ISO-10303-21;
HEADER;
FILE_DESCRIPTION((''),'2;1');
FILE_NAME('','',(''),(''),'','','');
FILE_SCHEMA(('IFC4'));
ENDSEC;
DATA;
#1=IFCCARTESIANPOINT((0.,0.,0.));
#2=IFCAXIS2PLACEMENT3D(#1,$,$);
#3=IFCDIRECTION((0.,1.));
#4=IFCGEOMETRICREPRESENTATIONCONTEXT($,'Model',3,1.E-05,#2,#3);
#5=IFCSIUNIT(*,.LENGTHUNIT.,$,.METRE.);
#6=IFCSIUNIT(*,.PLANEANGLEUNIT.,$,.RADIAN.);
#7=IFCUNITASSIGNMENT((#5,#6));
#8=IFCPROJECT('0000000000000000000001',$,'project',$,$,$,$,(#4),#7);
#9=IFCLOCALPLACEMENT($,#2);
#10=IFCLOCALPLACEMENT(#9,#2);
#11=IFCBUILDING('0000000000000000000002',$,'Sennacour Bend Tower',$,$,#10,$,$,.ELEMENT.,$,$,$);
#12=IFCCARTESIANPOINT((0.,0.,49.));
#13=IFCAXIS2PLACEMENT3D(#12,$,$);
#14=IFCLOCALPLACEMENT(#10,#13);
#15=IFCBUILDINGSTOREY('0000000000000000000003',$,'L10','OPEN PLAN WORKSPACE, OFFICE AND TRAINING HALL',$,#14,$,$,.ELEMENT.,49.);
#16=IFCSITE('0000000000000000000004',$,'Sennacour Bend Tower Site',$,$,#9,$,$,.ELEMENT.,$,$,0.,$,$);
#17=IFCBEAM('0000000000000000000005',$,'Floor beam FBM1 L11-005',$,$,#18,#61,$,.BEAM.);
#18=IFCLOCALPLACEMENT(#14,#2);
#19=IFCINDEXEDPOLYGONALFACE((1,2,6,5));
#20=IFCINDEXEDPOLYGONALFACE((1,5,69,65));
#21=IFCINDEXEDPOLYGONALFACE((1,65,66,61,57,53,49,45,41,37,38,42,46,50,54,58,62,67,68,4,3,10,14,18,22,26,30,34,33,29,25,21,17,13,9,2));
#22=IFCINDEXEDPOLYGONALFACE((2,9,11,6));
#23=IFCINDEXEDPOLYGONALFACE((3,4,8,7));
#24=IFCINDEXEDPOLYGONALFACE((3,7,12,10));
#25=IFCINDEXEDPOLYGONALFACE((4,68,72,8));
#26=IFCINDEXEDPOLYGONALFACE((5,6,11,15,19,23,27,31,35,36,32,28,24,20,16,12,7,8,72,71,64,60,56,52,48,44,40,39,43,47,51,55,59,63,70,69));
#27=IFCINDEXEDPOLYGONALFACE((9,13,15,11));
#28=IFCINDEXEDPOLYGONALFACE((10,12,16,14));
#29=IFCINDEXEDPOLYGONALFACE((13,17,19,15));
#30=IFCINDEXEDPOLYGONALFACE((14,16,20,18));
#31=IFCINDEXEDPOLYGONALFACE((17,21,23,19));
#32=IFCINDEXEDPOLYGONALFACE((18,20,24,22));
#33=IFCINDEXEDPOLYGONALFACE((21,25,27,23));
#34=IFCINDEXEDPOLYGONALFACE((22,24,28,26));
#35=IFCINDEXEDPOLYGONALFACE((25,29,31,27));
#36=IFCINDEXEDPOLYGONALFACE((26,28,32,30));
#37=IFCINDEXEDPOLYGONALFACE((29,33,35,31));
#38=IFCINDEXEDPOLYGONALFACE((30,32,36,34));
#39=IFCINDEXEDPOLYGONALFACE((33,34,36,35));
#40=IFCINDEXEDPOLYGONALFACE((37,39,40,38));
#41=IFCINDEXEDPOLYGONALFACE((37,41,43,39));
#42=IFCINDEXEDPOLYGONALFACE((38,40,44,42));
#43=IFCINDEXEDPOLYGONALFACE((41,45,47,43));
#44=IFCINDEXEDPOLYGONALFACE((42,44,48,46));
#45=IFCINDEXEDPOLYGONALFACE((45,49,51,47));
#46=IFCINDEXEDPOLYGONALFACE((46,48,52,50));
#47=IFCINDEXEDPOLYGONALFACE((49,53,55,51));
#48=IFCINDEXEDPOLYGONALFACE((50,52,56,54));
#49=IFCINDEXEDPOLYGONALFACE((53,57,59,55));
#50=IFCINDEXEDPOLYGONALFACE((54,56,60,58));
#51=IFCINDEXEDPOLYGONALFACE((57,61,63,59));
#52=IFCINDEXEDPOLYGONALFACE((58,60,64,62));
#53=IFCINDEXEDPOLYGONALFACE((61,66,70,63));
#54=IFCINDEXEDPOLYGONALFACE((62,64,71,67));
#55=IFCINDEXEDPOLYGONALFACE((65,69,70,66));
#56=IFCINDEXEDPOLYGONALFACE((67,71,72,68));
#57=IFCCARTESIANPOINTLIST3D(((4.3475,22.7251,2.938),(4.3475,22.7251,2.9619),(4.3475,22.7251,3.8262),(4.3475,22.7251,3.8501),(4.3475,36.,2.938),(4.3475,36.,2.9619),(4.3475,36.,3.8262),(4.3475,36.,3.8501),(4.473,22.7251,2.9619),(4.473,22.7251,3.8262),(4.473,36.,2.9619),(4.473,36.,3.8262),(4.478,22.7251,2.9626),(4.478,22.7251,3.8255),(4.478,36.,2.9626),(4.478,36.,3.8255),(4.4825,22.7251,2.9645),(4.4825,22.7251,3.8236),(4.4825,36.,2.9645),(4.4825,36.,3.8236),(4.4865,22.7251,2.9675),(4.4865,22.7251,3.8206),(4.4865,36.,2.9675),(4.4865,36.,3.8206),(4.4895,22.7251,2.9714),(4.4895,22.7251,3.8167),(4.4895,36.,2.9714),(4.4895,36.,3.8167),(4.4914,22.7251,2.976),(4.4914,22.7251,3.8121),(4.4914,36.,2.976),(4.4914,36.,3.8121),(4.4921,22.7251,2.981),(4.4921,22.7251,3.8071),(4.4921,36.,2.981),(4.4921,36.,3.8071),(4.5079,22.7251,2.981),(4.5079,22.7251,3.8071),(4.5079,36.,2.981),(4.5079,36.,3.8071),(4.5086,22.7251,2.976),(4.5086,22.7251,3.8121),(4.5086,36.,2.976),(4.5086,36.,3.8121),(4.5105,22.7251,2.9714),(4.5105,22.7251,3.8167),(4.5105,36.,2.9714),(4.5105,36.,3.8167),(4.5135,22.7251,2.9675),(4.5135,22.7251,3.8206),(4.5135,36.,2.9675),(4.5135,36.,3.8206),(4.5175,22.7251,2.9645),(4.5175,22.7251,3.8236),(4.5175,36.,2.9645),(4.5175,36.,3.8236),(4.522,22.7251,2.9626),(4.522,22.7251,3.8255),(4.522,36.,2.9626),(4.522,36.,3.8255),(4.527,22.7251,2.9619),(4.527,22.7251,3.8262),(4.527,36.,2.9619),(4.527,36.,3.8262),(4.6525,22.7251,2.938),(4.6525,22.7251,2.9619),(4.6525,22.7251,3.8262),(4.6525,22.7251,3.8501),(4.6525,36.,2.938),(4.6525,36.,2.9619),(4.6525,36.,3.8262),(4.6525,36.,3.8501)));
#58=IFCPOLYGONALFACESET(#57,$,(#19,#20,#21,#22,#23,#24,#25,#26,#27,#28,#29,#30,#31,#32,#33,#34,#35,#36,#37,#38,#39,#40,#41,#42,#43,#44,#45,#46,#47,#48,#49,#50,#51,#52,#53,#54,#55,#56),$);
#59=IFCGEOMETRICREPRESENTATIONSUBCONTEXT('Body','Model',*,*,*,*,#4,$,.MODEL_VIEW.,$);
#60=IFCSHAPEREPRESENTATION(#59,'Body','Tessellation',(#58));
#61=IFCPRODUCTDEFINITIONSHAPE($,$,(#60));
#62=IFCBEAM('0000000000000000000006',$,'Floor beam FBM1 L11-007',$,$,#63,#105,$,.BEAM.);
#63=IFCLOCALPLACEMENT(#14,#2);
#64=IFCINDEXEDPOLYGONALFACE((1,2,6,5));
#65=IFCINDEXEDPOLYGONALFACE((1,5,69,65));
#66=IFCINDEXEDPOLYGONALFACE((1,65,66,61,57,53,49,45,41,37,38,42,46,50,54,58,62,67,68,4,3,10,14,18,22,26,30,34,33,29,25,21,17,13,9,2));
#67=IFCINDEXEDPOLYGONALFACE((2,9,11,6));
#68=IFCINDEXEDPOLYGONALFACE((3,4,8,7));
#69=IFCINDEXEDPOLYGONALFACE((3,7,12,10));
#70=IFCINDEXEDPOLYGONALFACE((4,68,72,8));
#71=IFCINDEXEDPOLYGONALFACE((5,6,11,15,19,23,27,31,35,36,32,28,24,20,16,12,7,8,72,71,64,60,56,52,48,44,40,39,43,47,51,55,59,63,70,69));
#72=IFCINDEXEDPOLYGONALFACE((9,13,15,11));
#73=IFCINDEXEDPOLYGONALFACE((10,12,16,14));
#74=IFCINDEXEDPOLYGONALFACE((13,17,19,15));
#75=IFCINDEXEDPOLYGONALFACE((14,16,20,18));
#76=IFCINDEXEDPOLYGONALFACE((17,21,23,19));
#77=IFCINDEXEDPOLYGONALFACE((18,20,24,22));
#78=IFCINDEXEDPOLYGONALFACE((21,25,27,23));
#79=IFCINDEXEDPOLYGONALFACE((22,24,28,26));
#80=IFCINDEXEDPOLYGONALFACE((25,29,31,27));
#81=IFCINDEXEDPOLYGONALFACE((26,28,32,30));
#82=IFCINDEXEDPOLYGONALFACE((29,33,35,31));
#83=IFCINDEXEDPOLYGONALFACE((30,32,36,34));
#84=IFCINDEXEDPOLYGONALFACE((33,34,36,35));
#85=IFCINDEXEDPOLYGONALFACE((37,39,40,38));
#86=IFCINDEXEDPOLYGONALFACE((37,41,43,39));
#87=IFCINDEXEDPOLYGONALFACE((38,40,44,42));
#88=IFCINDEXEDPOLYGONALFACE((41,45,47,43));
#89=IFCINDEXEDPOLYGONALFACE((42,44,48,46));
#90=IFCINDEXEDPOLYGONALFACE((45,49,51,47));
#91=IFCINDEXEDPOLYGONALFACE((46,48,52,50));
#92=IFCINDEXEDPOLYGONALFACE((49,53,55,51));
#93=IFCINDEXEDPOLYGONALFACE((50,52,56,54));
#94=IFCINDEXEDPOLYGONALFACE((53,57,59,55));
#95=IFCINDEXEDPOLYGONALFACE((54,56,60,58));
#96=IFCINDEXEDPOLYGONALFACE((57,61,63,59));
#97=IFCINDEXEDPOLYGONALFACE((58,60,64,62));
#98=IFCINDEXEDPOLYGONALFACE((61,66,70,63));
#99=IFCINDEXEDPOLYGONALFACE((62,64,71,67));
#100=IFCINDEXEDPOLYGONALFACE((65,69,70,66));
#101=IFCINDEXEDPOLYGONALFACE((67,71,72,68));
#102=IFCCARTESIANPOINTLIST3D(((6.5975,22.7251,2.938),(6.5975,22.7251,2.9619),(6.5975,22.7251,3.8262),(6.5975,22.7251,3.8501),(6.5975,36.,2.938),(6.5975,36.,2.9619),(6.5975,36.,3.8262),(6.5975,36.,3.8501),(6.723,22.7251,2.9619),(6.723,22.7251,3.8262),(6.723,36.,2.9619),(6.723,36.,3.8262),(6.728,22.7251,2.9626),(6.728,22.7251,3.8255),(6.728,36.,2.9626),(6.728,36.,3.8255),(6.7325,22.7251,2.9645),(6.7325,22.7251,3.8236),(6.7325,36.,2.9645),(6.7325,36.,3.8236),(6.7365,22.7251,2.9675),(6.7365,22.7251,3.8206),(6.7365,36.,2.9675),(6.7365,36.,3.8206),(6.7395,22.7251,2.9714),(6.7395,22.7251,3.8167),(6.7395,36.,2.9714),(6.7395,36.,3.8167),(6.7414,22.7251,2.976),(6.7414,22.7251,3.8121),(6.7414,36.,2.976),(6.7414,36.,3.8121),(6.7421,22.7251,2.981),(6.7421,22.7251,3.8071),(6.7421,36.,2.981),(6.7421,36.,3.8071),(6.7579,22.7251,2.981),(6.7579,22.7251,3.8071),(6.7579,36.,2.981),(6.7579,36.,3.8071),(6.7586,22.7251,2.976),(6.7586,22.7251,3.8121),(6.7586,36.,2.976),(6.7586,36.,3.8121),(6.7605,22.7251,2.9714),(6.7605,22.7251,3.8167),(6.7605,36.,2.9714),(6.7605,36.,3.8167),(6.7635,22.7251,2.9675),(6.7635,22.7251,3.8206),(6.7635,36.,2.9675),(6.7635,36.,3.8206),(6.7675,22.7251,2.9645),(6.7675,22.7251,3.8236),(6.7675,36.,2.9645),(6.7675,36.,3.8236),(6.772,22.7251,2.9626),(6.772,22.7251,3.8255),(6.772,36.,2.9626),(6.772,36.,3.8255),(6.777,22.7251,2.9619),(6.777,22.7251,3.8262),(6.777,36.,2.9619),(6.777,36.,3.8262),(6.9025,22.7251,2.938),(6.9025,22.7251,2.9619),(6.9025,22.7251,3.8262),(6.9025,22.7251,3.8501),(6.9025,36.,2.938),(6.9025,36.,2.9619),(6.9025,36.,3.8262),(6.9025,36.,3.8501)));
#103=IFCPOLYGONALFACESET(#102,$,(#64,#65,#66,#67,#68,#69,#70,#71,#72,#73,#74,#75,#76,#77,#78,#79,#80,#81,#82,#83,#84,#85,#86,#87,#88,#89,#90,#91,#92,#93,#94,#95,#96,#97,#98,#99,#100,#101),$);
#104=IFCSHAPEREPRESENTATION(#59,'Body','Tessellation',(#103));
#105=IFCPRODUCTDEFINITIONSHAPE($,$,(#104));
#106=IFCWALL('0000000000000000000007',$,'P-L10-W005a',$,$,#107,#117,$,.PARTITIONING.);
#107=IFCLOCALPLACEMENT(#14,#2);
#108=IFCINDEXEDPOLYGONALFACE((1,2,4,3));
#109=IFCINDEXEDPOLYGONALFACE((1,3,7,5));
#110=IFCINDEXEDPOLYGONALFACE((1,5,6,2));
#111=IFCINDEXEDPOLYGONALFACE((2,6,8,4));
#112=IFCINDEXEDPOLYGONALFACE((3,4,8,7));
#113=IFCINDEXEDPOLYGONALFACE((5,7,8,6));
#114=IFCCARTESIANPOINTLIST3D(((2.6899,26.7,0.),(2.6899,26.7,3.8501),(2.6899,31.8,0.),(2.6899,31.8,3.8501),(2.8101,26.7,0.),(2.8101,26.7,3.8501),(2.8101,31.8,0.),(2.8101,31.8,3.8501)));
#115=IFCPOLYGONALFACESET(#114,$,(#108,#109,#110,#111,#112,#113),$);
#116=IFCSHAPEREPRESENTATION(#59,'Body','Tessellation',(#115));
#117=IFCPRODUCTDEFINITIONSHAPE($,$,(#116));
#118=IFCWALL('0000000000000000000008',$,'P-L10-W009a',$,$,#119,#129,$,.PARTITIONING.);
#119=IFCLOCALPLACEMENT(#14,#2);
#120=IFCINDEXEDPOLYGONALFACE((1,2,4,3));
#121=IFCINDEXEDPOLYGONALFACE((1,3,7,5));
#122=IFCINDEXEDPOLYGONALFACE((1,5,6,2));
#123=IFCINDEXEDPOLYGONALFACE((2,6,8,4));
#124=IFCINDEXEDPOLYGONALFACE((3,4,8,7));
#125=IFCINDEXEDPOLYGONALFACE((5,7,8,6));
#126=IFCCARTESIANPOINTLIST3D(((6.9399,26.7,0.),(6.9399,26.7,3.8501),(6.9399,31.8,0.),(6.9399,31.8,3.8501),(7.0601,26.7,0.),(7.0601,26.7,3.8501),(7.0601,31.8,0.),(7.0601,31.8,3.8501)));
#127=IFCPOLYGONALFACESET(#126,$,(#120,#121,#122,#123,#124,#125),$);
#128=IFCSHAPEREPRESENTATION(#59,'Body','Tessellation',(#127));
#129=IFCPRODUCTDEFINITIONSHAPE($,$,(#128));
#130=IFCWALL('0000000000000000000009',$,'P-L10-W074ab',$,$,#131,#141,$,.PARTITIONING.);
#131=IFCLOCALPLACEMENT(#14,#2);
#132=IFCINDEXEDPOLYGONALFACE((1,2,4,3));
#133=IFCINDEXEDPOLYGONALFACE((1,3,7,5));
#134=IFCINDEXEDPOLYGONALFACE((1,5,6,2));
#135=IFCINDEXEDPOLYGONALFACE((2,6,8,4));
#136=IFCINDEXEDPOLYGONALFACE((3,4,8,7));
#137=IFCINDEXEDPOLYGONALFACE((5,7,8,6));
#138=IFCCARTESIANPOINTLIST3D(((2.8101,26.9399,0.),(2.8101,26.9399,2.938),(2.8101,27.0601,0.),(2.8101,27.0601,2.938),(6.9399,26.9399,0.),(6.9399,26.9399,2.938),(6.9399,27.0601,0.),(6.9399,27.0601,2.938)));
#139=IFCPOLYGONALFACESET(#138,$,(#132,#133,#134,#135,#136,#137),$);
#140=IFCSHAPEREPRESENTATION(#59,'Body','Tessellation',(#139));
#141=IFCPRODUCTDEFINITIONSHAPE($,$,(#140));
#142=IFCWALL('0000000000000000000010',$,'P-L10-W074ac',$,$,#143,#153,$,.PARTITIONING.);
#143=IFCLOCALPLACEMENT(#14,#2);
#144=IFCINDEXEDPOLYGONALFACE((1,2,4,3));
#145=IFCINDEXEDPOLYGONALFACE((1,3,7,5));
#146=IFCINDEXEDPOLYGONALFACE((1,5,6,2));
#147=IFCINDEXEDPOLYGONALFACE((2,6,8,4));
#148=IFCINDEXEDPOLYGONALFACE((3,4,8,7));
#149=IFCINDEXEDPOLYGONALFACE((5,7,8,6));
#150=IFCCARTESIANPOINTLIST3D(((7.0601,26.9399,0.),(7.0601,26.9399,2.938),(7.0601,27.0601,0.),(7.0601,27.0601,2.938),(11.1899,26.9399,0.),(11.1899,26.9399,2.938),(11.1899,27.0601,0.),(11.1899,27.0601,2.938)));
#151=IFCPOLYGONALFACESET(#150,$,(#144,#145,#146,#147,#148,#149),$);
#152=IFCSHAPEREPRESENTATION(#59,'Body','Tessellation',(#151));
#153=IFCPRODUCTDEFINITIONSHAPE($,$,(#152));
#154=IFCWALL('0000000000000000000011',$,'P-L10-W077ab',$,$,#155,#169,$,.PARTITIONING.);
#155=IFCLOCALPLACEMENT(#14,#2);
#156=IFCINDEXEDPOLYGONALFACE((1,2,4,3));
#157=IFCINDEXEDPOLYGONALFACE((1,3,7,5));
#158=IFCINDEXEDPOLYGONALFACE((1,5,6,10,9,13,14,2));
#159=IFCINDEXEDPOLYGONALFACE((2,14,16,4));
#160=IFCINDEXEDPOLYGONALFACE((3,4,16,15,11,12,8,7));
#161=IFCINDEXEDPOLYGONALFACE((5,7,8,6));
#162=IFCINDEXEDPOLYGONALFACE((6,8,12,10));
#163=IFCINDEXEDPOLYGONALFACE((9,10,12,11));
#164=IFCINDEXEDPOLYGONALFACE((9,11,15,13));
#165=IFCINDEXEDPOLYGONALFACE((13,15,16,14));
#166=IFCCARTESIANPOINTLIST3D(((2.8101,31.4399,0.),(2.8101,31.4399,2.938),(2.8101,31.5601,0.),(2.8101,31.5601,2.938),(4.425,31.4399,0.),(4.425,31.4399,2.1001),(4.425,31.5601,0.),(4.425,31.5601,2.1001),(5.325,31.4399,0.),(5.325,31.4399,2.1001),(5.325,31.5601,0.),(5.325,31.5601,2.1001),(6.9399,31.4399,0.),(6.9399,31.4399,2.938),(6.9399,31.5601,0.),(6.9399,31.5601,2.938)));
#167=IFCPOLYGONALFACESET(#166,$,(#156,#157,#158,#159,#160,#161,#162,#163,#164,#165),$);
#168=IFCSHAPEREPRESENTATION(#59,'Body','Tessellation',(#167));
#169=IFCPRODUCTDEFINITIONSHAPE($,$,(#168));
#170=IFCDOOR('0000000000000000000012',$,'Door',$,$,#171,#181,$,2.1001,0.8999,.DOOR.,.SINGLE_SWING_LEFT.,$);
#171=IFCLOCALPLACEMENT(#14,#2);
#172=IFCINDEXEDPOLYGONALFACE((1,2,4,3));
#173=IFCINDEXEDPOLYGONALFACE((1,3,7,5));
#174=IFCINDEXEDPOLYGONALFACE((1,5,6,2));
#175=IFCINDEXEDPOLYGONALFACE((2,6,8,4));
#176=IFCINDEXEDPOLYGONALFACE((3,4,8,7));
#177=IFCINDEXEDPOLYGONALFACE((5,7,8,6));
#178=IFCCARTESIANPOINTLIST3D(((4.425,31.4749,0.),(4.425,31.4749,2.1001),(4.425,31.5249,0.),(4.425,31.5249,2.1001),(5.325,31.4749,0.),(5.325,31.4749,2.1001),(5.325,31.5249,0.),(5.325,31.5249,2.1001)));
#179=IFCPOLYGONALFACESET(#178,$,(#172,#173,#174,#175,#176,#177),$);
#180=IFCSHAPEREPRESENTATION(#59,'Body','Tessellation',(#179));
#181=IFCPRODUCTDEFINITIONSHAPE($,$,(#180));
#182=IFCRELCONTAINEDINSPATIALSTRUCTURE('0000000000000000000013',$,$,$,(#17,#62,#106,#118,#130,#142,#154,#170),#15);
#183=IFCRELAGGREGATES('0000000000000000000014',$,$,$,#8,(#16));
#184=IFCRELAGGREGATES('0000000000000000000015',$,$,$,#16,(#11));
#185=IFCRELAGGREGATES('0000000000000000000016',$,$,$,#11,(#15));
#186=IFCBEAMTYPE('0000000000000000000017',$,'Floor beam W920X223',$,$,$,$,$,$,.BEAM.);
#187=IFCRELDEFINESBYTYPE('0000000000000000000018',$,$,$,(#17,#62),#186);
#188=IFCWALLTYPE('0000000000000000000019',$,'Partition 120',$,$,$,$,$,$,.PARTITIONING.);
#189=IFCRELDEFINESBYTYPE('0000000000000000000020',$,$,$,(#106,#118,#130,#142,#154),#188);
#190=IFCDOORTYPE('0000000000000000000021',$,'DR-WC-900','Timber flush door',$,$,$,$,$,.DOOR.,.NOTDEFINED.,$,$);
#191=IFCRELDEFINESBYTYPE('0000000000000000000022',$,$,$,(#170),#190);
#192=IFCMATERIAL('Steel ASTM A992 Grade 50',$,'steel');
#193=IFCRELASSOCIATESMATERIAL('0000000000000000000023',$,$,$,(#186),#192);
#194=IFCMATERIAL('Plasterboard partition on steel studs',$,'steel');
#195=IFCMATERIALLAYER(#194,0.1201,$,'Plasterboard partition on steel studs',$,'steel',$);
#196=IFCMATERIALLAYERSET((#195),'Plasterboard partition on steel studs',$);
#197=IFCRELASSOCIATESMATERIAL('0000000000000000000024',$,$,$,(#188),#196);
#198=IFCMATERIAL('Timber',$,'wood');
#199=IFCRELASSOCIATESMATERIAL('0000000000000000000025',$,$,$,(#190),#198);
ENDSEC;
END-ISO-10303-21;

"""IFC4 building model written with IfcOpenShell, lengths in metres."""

from ifc_helpers import new_model, si_unit, direction, frame, frame_2d, origin, origin_2d, place, context, subcontext, project, spatial, rectangle, i_section, extrude, material, layer, layer_set, material_profile, profile_set, type_object, element, fill, save


model = new_model("IFC4")

# Units and contexts
model_context = context("Model", 3, precision=1e-05, world=origin(), true_north=direction((0.0, 1.0)))
body_context = subcontext(model_context, "Body", "Model", "MODEL_VIEW")
ifc_project = project(units=[si_unit("LENGTHUNIT", "METRE"), si_unit("PLANEANGLEUNIT", "RADIAN")], contexts=[model_context])

# Site, building, storey
site_placement = place(None, origin())
site = spatial("IfcSite", under=ifc_project, at=site_placement, Name="Sennacour Bend Tower Site", CompositionType="ELEMENT", RefElevation=0.0)
building_placement = place(site_placement, origin())
building = spatial("IfcBuilding", under=site, at=building_placement, Name="Sennacour Bend Tower", CompositionType="ELEMENT")
storey_placement = place(building_placement, frame((0.0, 0.0, 49.0)))
storey = spatial("IfcBuildingStorey", under=building, at=storey_placement, Name="L10", Description="OPEN PLAN WORKSPACE, OFFICE AND TRAINING HALL", CompositionType="ELEMENT", Elevation=49.0)

# Beams
ifc_material_1 = material(Name="Steel ASTM A992 Grade 50", Category="steel")
ifc_material_profile = material_profile(ifc_material_1, i_section(OverallWidth=0.3049, OverallDepth=0.9121, WebThickness=0.0159, FlangeThickness=0.0239, FilletRadius=0.019, at=origin_2d()), Name="Steel ASTM A992 Grade 50", Category="steel")
ifc_profile_set = profile_set([ifc_material_profile], Name="Steel ASTM A992 Grade 50")
beam_type = type_object("IfcBeamType", Name="Floor beam W920X223", PredefinedType="BEAM", material=ifc_profile_set)
for number, where, z_axis, x_axis, name in (
    (1, (4.5, 22.7251, 3.394), (0.0, 1.0, 0.0), (-1.0, 0.0, 0.0), "Floor beam FBM1 L11-005"),
    (2, (6.75, 22.7251, 3.394), (0.0, 1.0, 0.0), (-1.0, 0.0, 0.0), "Floor beam FBM1 L11-007"),
):
    element("IfcBeam", number, at=place(storey_placement, frame(where, z_axis=z_axis, x_axis=x_axis)), inside=storey, type_object=beam_type, Name=name, PredefinedType="BEAM", context=body_context, shape_type="SweptSolid", body=[
        extrude(i_section(OverallWidth=0.3049, OverallDepth=0.9121, WebThickness=0.0159, FlangeThickness=0.0239, FilletRadius=0.019, at=origin_2d()), origin(), (0.0, 0.0, 1.0), 13.2749),
    ])

# Walls
ifc_material_2 = material(Name="Plasterboard partition on steel studs", Category="steel")
ifc_layer_1 = layer(ifc_material_2, 0.1201, Name="Plasterboard partition on steel studs", Category="steel")
ifc_layer_set_1 = layer_set([ifc_layer_1], Name="Plasterboard partition on steel studs")
wall_type_1 = type_object("IfcWallType", Name="Partition 120", PredefinedType="PARTITIONING", material=ifc_layer_set_1)
for number, where, z_axis, x_axis, name in (
    (3, (2.75, 26.7, 0.0), (0.0, 0.0, 1.0), (0.0, 1.0, 0.0), "P-L10-W005a"),
    (4, (7.0, 26.7, 0.0), (0.0, 0.0, 1.0), (0.0, 1.0, 0.0), "P-L10-W009a"),
):
    element("IfcWall", number, at=place(storey_placement, frame(where, z_axis=z_axis, x_axis=x_axis)), inside=storey, type_object=wall_type_1, Name=name, PredefinedType="PARTITIONING", context=body_context, shape_type="SweptSolid", body=[
        extrude(rectangle(XDim=5.1001, YDim=0.1201, at=frame_2d((2.55, 0.0))), origin(), (0.0, 0.0, 1.0), 3.8501),
    ])
for number, where, z_axis, x_axis, name in (
    (5, (2.8101, 27.0, 0.0), (0.0, 0.0, 1.0), (1.0, 0.0, 0.0), "P-L10-W074ab"),
    (6, (7.0601, 27.0, 0.0), (0.0, 0.0, 1.0), (1.0, 0.0, 0.0), "P-L10-W074ac"),
):
    element("IfcWall", number, at=place(storey_placement, frame(where, z_axis=z_axis, x_axis=x_axis)), inside=storey, type_object=wall_type_1, Name=name, PredefinedType="PARTITIONING", context=body_context, shape_type="SweptSolid", body=[
        extrude(rectangle(XDim=4.1299, YDim=0.1201, at=frame_2d((2.0649, 0.0))), origin(), (0.0, 0.0, 1.0), 2.938),
    ])

# Wall, opening, door
wall_1_placement = place(storey_placement, frame((2.8101, 31.5, 0.0), z_axis=(0.0, 0.0, 1.0), x_axis=(1.0, 0.0, 0.0)))
wall_1 = element("IfcWall", 7, at=wall_1_placement, inside=storey, type_object=wall_type_1, Name="P-L10-W077ab", PredefinedType="PARTITIONING", context=body_context, shape_type="SweptSolid", body=[
    extrude(rectangle(XDim=4.1299, YDim=0.1201, at=frame_2d((2.0649, 0.0))), origin(), (0.0, 0.0, 1.0), 2.938),
])
opening_1_placement = place(wall_1_placement, frame((1.615, 0.0, 0.0)))
opening_1 = element("IfcOpeningElement", 8, at=opening_1_placement, cuts=wall_1, PredefinedType="OPENING", context=body_context, shape_type="SweptSolid", body=[
    extrude(rectangle(XDim=0.8999, YDim=2.1001, at=frame_2d((0.45, 1.05))), frame((0.0, 0.0701, 0.0), z_axis=(0.0, -1.0, 0.0), x_axis=(1.0, 0.0, 0.0)), (0.0, 0.0, 1.0), 0.1401),
])
ifc_material_3 = material(Name="Timber", Category="wood")
door_type_1 = type_object("IfcDoorType", Name="DR-WC-900", Description="Timber flush door", OperationType="NOTDEFINED", PredefinedType="DOOR", material=ifc_material_3)
door_1_placement = place(opening_1_placement, origin())
door_1 = element("IfcDoor", 9, at=door_1_placement, inside=storey, type_object=door_type_1, Name="Door", OperationType="SINGLE_SWING_LEFT", OverallHeight=2.1001, OverallWidth=0.8999, PredefinedType="DOOR", context=body_context, shape_type="SweptSolid", body=[
    extrude(rectangle(XDim=0.8999, YDim=2.1001, at=frame_2d((0.45, 1.05))), frame((0.0, 0.0249, 0.0), z_axis=(0.0, -1.0, 0.0), x_axis=(1.0, 0.0, 0.0)), (0.0, 0.0, 1.0), 0.05),
])
fill(opening_1, door_1)

save(model, "model.ifc")
